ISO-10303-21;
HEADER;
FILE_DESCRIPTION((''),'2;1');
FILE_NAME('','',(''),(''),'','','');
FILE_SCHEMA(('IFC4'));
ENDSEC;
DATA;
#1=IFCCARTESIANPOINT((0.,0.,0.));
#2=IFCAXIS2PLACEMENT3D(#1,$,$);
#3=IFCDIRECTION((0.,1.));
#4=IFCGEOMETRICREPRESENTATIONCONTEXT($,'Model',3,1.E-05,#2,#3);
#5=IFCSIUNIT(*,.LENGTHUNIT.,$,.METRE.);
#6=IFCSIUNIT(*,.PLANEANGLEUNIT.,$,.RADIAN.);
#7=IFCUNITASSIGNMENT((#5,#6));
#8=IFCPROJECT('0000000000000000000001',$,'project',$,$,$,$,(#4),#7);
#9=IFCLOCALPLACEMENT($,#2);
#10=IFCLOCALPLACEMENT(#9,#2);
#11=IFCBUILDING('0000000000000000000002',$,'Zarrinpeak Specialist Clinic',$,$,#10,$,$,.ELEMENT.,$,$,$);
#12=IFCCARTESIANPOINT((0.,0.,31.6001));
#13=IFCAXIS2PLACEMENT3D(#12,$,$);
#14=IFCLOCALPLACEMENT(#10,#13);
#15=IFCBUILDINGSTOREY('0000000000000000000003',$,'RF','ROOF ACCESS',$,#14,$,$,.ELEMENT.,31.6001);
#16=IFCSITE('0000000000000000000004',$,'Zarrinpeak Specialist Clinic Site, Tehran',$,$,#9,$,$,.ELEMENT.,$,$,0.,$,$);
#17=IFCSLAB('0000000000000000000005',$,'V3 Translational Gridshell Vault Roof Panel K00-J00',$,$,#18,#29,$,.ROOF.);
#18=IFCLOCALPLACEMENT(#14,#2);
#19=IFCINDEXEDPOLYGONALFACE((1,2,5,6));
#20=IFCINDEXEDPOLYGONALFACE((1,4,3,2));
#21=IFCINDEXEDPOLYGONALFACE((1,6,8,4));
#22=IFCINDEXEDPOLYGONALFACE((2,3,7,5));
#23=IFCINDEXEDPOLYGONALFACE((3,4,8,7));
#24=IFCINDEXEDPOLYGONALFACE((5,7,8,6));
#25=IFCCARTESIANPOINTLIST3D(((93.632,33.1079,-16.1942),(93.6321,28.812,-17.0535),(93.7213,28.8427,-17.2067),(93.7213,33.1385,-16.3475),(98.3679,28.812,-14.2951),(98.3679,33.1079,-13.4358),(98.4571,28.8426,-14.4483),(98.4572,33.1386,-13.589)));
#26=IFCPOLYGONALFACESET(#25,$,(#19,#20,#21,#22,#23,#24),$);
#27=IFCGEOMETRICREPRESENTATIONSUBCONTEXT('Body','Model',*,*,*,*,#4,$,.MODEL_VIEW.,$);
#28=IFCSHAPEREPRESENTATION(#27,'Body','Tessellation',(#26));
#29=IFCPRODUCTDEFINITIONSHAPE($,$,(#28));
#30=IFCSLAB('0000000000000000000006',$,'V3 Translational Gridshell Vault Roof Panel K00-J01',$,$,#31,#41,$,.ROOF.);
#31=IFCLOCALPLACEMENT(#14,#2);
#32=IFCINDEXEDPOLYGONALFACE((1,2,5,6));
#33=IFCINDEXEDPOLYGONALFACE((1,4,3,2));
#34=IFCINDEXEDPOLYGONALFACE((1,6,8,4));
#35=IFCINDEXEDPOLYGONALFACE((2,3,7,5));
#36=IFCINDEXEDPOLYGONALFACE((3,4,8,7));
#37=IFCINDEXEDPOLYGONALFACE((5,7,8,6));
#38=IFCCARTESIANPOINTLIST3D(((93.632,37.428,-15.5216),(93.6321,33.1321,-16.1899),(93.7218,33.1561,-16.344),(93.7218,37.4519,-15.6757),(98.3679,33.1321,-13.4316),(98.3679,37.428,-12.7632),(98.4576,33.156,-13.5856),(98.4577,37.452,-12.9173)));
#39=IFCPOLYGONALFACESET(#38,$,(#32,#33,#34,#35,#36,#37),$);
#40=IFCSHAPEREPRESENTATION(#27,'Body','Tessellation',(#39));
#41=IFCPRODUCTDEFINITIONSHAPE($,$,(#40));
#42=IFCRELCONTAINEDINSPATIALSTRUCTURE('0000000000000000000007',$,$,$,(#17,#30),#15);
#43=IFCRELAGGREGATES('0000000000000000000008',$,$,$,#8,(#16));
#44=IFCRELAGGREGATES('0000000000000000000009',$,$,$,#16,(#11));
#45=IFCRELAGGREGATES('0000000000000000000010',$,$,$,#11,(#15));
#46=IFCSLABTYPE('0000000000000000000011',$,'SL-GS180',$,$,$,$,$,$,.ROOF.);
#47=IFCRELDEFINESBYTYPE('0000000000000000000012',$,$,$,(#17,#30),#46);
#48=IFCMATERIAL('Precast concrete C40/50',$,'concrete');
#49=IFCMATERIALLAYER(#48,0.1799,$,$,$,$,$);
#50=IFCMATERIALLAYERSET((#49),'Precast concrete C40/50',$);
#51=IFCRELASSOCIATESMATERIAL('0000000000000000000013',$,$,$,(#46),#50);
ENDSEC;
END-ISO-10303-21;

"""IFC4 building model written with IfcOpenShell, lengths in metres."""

from ifc_helpers import new_model, si_unit, direction, frame, origin, place, context, subcontext, project, spatial, polyline, outline, extrude, material, layer, layer_set, type_object, element, save


model = new_model("IFC4")

# Units and contexts
model_context = context("Model", 3, precision=1e-05, world=origin(), true_north=direction((0.0, 1.0)))
body_context = subcontext(model_context, "Body", "Model", "MODEL_VIEW")
ifc_project = project(units=[si_unit("LENGTHUNIT", "METRE"), si_unit("PLANEANGLEUNIT", "RADIAN")], contexts=[model_context])

# Site, building, storey
site_placement = place(None, origin())
site = spatial("IfcSite", under=ifc_project, at=site_placement, Name="Zarrinpeak Specialist Clinic Site, Tehran", CompositionType="ELEMENT", RefElevation=0.0)
building_placement = place(site_placement, origin())
building = spatial("IfcBuilding", under=site, at=building_placement, Name="Zarrinpeak Specialist Clinic", CompositionType="ELEMENT")
storey_placement = place(building_placement, frame((0.0, 0.0, 31.6001)))
storey = spatial("IfcBuildingStorey", under=building, at=storey_placement, Name="RF", Description="ROOF ACCESS", CompositionType="ELEMENT", Elevation=31.6001)

# Slabs
ifc_material_1 = material(Name="Precast concrete C40/50", Category="concrete")
ifc_layer_1 = layer(ifc_material_1, 0.1799)
ifc_layer_set_1 = layer_set([ifc_layer_1], Name="Precast concrete C40/50")
slab_type_1 = type_object("IfcSlabType", Name="SL-GS180", PredefinedType="ROOF", material=ifc_layer_set_1)
slab_1_placement = place(storey_placement, frame((93.6321, 28.812, -17.0535), z_axis=(-0.495953, -0.170311, 0.851484), x_axis=(0.864109, -0.000003, 0.503305)))
element("IfcSlab", 1, at=slab_1_placement, inside=storey, type_object=slab_type_1, Name="V3 Translational Gridshell Vault Roof Panel K00-J00", PredefinedType="ROOF", context=body_context, shape_type="SweptSolid", body=[
    extrude(outline(polyline([(0.0, 0.0), (5.4805, 0.0), (5.9131, 4.3596), (0.4324, 4.3596), (0.0, 0.0)])), origin(), (0.0, 0.0, -1.0), 0.1799),
])
slab_2_placement = place(storey_placement, frame((93.6321, 33.1321, -16.1899), z_axis=(-0.498819, -0.133235, 0.856404), x_axis=(0.864108, -0.000003, 0.503306)))
element("IfcSlab", 2, at=slab_2_placement, inside=storey, type_object=slab_type_1, Name="V3 Translational Gridshell Vault Roof Panel K00-J01", PredefinedType="ROOF", context=body_context, shape_type="SweptSolid", body=[
    extrude(outline(polyline([(0.0, 0.0), (5.4805, 0.0), (5.817, 4.3346), (0.3363, 4.3345), (0.0, 0.0)])), origin(), (0.0, 0.0, -1.0), 0.1799),
])

save(model, "model.ifc")
